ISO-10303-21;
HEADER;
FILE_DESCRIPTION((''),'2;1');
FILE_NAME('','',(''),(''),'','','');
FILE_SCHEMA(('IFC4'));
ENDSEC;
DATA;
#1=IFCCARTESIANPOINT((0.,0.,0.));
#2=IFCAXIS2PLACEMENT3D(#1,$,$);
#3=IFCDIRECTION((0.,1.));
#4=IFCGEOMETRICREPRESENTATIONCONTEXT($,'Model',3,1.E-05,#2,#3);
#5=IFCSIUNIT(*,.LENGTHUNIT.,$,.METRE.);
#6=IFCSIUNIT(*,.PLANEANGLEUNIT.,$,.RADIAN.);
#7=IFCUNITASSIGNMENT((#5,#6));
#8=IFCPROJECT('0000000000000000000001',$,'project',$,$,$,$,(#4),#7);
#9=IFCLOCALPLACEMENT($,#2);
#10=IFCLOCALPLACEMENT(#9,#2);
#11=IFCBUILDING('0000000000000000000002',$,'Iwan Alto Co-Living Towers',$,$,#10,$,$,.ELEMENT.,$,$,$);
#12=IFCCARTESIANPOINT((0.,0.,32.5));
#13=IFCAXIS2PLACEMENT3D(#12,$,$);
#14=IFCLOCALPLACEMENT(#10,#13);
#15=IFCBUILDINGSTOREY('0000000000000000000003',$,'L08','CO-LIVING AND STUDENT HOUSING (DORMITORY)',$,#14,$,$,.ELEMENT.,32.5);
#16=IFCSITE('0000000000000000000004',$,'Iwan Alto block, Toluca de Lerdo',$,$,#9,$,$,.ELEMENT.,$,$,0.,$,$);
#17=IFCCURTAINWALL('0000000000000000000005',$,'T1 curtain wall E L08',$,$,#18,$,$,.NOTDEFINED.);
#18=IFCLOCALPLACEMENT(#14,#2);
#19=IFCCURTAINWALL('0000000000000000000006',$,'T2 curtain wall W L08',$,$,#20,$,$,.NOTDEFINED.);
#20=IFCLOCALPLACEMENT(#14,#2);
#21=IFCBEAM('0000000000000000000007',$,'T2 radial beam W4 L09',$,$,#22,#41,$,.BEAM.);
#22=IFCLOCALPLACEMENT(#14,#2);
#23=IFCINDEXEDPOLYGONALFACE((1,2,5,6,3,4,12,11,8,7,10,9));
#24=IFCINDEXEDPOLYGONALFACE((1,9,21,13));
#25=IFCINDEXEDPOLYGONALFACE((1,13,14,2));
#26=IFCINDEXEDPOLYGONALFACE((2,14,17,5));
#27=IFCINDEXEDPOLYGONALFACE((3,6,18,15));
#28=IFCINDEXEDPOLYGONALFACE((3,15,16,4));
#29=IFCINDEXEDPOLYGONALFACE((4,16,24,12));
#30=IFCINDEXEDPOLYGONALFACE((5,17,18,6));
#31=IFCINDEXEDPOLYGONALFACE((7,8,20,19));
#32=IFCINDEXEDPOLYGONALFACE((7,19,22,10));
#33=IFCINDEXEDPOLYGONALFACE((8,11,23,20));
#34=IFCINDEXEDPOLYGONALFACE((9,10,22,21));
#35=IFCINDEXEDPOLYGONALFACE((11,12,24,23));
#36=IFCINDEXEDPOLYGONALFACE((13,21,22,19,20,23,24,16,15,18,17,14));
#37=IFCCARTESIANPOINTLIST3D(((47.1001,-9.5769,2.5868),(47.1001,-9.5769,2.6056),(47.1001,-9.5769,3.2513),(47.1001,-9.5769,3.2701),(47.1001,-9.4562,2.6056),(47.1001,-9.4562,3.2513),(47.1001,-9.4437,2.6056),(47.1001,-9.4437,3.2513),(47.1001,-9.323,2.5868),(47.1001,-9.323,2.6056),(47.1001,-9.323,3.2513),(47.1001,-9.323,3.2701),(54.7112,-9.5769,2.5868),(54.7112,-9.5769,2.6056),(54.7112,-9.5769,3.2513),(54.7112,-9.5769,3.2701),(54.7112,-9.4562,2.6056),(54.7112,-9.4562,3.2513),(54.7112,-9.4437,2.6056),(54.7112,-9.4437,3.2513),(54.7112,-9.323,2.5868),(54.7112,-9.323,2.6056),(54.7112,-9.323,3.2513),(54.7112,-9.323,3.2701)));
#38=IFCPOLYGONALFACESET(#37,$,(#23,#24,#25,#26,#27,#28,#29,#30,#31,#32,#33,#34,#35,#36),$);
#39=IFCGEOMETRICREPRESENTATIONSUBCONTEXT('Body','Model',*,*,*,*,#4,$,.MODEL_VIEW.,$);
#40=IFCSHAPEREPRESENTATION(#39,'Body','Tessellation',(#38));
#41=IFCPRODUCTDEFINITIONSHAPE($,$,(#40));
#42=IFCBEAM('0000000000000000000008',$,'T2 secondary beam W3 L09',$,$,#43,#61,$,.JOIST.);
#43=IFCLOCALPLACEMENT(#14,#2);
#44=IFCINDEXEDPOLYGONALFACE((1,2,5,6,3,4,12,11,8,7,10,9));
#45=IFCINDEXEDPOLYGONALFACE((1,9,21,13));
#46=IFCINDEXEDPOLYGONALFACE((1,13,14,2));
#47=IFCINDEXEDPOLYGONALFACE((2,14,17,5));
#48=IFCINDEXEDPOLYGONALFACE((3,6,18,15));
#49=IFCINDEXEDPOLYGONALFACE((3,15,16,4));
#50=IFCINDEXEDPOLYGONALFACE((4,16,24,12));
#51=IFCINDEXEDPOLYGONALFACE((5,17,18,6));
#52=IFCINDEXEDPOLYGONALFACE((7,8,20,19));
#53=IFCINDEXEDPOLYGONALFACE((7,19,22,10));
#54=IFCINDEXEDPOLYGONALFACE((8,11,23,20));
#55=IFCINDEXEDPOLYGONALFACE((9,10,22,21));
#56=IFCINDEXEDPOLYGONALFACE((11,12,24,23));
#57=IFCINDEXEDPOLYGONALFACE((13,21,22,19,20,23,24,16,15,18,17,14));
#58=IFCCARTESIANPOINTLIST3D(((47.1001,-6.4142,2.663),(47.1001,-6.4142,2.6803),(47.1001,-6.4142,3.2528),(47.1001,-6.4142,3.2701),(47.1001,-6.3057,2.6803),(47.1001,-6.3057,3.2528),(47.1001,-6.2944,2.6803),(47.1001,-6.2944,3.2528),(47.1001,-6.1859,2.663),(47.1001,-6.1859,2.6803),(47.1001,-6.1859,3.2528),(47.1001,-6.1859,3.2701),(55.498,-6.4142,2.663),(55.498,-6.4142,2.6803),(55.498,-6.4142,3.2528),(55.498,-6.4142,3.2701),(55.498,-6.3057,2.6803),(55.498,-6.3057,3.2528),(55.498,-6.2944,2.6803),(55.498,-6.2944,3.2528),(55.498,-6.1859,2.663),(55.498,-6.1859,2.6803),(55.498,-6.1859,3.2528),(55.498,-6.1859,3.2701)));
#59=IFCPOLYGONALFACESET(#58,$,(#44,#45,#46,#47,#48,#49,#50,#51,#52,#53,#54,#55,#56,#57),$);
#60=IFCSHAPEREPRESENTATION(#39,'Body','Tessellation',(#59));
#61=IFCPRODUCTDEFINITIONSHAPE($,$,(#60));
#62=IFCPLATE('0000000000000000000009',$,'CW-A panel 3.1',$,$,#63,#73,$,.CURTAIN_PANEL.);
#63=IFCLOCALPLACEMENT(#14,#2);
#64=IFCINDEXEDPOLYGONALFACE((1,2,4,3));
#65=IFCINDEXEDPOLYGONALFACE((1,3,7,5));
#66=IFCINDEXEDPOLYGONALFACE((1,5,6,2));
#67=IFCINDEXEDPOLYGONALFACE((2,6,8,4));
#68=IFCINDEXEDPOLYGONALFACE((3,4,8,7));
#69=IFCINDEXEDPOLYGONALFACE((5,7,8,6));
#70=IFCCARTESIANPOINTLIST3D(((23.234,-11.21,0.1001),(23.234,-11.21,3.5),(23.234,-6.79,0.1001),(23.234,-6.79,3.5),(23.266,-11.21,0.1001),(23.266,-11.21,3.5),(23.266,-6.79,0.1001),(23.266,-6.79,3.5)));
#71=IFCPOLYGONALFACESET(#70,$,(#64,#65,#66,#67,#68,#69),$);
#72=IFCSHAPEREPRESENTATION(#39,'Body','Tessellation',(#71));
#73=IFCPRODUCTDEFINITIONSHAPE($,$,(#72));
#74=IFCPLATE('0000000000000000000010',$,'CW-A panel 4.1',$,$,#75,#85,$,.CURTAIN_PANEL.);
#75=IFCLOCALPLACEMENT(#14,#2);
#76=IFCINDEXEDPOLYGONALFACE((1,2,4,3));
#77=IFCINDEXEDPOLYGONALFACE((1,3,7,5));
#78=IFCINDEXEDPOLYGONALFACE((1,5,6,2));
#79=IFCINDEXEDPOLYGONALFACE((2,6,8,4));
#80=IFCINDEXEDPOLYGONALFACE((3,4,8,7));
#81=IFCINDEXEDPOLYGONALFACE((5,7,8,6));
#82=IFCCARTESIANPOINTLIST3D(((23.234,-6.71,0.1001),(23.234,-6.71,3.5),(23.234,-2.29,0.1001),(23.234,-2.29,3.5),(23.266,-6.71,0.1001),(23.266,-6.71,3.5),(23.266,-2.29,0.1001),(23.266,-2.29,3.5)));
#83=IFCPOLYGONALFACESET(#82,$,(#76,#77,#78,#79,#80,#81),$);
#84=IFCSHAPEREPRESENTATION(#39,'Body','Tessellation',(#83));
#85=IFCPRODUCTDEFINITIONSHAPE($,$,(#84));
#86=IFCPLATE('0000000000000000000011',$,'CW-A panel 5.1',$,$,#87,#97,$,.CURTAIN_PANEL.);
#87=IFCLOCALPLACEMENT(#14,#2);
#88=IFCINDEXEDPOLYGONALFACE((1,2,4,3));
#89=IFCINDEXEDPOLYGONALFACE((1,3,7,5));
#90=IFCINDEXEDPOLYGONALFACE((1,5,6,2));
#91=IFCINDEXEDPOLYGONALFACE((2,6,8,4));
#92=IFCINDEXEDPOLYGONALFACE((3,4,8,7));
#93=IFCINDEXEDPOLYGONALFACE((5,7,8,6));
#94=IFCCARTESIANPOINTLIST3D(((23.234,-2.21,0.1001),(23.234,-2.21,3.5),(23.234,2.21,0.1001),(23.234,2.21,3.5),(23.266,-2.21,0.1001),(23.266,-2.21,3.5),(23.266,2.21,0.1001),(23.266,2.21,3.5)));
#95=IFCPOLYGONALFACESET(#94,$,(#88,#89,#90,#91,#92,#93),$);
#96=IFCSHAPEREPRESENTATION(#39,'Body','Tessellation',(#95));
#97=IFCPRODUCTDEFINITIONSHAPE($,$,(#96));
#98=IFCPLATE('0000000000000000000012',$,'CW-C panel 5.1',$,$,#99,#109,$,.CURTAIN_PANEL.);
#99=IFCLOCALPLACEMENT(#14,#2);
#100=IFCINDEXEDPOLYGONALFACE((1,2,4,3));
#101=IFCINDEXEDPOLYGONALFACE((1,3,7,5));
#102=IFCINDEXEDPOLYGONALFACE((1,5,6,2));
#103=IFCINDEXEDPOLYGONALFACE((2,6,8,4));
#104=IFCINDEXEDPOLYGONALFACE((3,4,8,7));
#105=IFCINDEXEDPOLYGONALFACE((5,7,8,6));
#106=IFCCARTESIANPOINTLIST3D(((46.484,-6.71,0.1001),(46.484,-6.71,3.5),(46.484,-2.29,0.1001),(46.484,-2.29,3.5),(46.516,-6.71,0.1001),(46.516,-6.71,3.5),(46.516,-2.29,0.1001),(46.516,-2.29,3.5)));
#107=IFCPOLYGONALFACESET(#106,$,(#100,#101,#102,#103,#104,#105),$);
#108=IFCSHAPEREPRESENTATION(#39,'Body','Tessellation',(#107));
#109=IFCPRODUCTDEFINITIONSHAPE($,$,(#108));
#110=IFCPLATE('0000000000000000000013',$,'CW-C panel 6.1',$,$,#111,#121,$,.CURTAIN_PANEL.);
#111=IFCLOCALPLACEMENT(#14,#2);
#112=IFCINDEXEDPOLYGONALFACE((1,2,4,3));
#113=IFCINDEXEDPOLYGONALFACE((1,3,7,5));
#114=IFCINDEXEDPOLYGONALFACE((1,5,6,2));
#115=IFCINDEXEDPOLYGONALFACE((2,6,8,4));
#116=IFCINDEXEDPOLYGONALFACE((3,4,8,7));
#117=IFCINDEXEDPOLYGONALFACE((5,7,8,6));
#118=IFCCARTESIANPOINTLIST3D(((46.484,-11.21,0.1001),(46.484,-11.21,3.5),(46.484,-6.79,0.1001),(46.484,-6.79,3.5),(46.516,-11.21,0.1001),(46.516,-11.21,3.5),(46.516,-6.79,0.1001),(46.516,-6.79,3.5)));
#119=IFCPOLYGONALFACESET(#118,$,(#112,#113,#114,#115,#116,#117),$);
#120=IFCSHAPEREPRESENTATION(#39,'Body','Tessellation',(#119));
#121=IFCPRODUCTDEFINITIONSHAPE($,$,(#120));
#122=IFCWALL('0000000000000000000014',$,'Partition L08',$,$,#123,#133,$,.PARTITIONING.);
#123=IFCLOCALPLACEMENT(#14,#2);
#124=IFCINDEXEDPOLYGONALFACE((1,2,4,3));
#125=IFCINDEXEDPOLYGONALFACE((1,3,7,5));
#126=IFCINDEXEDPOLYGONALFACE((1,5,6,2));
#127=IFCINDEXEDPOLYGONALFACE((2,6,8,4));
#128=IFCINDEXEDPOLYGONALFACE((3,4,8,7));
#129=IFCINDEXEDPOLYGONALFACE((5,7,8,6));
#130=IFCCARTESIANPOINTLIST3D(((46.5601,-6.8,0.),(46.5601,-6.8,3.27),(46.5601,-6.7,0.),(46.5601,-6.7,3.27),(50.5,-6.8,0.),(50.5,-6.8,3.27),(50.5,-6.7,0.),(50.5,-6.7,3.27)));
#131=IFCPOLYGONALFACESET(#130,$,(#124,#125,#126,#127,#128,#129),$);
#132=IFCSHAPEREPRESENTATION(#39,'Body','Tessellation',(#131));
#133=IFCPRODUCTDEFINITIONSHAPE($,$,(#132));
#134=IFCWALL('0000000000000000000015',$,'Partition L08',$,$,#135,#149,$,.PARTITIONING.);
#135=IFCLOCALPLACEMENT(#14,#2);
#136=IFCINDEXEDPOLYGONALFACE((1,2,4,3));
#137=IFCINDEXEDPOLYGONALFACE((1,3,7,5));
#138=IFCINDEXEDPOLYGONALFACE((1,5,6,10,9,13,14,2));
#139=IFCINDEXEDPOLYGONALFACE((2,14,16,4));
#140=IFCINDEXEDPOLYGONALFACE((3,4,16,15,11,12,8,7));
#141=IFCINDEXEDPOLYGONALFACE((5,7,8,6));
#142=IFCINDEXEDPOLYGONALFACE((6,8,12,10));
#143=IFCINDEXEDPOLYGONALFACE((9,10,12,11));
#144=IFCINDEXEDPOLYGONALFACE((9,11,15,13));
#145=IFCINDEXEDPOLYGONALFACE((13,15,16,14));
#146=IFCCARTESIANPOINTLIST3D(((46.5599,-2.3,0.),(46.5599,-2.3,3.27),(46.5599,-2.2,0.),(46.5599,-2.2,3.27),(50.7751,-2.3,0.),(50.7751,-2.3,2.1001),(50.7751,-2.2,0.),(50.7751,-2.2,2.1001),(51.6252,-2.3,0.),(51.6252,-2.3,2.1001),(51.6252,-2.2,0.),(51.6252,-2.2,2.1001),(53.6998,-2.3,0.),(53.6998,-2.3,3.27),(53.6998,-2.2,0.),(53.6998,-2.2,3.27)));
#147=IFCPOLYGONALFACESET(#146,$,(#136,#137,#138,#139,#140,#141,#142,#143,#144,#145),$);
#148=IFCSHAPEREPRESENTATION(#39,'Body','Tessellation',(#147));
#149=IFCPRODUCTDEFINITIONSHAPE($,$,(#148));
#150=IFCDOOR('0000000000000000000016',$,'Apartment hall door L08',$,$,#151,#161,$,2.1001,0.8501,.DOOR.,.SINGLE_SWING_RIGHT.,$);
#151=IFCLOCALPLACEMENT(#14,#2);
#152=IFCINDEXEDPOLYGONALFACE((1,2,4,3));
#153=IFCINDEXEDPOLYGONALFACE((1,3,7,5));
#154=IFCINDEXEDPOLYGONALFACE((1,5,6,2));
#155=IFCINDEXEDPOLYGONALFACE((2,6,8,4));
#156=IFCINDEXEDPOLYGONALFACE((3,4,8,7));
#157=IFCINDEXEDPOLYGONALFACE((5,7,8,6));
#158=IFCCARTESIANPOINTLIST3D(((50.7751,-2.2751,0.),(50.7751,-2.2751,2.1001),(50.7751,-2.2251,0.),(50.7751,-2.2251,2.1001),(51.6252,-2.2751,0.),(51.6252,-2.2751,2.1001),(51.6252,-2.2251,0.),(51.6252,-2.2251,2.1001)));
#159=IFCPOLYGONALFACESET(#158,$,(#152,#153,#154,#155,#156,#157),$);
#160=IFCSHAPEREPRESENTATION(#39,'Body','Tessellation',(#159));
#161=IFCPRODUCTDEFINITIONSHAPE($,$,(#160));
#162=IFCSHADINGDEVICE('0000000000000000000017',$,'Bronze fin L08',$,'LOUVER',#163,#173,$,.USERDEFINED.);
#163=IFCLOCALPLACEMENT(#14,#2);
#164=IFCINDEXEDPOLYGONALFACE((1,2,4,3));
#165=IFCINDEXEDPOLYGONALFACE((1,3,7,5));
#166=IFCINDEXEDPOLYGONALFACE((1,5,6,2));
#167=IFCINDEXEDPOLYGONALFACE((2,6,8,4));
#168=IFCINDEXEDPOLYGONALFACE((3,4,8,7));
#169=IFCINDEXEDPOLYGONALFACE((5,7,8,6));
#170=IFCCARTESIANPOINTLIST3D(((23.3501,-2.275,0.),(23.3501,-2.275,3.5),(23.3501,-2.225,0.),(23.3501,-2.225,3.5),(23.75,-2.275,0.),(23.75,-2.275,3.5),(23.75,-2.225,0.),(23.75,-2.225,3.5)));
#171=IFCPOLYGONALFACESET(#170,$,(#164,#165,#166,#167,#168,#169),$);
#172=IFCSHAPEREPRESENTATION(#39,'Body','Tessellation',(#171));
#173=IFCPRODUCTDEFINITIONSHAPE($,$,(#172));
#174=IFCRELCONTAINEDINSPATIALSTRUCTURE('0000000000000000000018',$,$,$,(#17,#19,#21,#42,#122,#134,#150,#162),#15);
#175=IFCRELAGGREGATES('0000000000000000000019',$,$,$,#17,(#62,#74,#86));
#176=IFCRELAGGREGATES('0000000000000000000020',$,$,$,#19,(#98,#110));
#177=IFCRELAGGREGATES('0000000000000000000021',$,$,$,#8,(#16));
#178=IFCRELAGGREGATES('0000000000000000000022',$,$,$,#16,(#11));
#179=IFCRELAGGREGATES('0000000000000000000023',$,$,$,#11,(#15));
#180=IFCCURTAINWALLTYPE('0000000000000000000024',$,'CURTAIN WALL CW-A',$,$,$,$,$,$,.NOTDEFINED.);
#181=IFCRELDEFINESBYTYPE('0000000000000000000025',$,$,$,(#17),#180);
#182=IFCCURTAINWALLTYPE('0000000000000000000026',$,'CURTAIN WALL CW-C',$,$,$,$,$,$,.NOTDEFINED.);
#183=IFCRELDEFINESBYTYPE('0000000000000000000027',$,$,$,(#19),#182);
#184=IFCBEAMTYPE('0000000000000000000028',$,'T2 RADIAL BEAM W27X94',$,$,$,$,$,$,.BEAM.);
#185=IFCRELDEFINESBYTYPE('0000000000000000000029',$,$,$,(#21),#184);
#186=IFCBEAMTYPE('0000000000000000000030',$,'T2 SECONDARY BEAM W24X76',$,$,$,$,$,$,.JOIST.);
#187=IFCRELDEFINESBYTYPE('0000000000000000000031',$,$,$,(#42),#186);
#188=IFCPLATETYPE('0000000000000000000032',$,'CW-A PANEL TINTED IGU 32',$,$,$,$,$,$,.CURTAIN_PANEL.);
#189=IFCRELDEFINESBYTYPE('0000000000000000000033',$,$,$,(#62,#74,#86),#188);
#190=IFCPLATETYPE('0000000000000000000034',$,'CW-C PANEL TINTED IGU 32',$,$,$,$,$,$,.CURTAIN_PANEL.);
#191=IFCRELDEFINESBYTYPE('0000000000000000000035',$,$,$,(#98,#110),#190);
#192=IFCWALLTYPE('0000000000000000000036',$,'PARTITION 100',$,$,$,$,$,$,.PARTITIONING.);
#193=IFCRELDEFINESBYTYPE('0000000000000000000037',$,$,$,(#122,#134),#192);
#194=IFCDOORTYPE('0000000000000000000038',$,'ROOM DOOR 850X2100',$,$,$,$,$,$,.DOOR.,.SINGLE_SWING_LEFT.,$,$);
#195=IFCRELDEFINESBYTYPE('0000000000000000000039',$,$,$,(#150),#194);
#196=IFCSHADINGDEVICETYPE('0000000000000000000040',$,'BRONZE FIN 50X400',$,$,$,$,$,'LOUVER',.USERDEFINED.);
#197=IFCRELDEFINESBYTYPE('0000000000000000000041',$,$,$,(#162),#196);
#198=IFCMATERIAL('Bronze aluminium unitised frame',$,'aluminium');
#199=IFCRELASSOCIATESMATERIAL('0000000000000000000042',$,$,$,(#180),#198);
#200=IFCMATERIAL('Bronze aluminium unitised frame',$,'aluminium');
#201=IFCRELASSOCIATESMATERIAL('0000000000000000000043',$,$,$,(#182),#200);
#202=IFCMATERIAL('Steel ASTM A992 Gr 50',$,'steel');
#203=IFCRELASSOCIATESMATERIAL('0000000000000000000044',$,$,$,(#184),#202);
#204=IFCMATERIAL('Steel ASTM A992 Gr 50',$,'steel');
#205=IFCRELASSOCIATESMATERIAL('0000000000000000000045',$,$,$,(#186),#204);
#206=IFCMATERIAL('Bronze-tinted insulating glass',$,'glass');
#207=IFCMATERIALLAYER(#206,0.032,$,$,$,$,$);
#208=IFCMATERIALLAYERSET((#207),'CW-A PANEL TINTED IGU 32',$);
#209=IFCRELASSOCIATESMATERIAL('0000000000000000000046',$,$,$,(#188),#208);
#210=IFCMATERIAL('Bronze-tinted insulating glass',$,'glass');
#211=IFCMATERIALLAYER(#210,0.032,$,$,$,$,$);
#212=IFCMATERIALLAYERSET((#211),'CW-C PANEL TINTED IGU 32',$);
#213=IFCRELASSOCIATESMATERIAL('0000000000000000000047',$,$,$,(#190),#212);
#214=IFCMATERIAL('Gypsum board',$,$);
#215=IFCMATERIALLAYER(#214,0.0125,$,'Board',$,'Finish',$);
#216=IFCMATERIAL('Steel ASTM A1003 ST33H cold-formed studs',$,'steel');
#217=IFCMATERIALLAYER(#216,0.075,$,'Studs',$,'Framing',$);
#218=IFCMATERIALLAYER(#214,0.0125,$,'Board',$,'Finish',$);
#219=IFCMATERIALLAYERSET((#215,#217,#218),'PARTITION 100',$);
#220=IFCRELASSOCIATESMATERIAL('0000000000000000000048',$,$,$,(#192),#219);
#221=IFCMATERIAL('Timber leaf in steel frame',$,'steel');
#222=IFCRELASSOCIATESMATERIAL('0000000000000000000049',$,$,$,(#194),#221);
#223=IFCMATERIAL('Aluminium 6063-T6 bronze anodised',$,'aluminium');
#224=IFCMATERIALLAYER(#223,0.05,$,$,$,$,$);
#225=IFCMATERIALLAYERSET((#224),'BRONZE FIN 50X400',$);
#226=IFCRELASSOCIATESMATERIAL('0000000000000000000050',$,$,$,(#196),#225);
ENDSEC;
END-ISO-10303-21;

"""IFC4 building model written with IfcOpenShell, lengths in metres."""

from ifc_helpers import new_model, si_unit, direction, frame, frame_2d, origin, origin_2d, place, context, subcontext, project, spatial, rectangle, i_section, extrude, material, layer, layer_set, material_profile, profile_set, type_object, element, fill, aggregate, save


model = new_model("IFC4")

# Units and contexts
model_context = context("Model", 3, precision=1e-05, world=origin(), true_north=direction((0.0, 1.0)))
body_context = subcontext(model_context, "Body", "Model", "MODEL_VIEW")
ifc_project = project(units=[si_unit("LENGTHUNIT", "METRE"), si_unit("PLANEANGLEUNIT", "RADIAN")], contexts=[model_context])

# Site, building, storey
site_placement = place(None, origin())
site = spatial("IfcSite", under=ifc_project, at=site_placement, Name="Iwan Alto block, Toluca de Lerdo", CompositionType="ELEMENT", RefElevation=0.0)
building_placement = place(site_placement, origin())
building = spatial("IfcBuilding", under=site, at=building_placement, Name="Iwan Alto Co-Living Towers", CompositionType="ELEMENT")
storey_placement = place(building_placement, frame((0.0, 0.0, 32.5)))
storey = spatial("IfcBuildingStorey", under=building, at=storey_placement, Name="L08", Description="CO-LIVING AND STUDENT HOUSING (DORMITORY)", CompositionType="ELEMENT", Elevation=32.5)

# Curtain walls
ifc_material_1 = material(Name="Bronze aluminium unitised frame", Category="aluminium")
curtain_wall_type_1 = type_object("IfcCurtainWallType", Name="CURTAIN WALL CW-A", PredefinedType="NOTDEFINED", material=ifc_material_1)
curtain_wall_1_placement = place(storey_placement, origin())
curtain_wall_1 = element("IfcCurtainWall", 1, at=curtain_wall_1_placement, inside=storey, type_object=curtain_wall_type_1, Name="T1 curtain wall E L08", PredefinedType="NOTDEFINED")
ifc_material_2 = material(Name="Bronze aluminium unitised frame", Category="aluminium")
curtain_wall_type_2 = type_object("IfcCurtainWallType", Name="CURTAIN WALL CW-C", PredefinedType="NOTDEFINED", material=ifc_material_2)
curtain_wall_2_placement = place(storey_placement, origin())
curtain_wall_2 = element("IfcCurtainWall", 2, at=curtain_wall_2_placement, inside=storey, type_object=curtain_wall_type_2, Name="T2 curtain wall W L08", PredefinedType="NOTDEFINED")

# Beams
ifc_material_3 = material(Name="Steel ASTM A992 Gr 50", Category="steel")
ifc_material_profile_1 = material_profile(ifc_material_3, i_section(OverallWidth=0.2539, OverallDepth=0.6833, WebThickness=0.0125, FlangeThickness=0.0188, at=origin_2d()), Name="W27X94")
ifc_profile_set_1 = profile_set([ifc_material_profile_1], Name="Steel ASTM A992 Gr 50")
beam_type_1 = type_object("IfcBeamType", Name="T2 RADIAL BEAM W27X94", PredefinedType="BEAM", material=ifc_profile_set_1)
beam_1_placement = place(storey_placement, frame((47.1001, -9.45, 2.9285), z_axis=(1.0, 0.0, 0.0), x_axis=(0.0, 1.0, 0.0)))
element("IfcBeam", 3, at=beam_1_placement, inside=storey, type_object=beam_type_1, Name="T2 radial beam W4 L09", PredefinedType="BEAM", context=body_context, shape_type="SweptSolid", body=[
    extrude(i_section(OverallWidth=0.2539, OverallDepth=0.6833, WebThickness=0.0125, FlangeThickness=0.0188, at=origin_2d()), origin(), (0.0, 0.0, 1.0), 7.6111),
])
ifc_material_4 = material(Name="Steel ASTM A992 Gr 50", Category="steel")
ifc_material_profile_2 = material_profile(ifc_material_4, i_section(OverallWidth=0.2283, OverallDepth=0.6072, WebThickness=0.0112, FlangeThickness=0.0173, at=origin_2d()), Name="W24X76")
ifc_profile_set_2 = profile_set([ifc_material_profile_2], Name="Steel ASTM A992 Gr 50")
beam_type_2 = type_object("IfcBeamType", Name="T2 SECONDARY BEAM W24X76", PredefinedType="JOIST", material=ifc_profile_set_2)
beam_2_placement = place(storey_placement, frame((47.1001, -6.3, 2.9666), z_axis=(1.0, 0.0, 0.0), x_axis=(0.0, 1.0, 0.0)))
element("IfcBeam", 4, at=beam_2_placement, inside=storey, type_object=beam_type_2, Name="T2 secondary beam W3 L09", PredefinedType="JOIST", context=body_context, shape_type="SweptSolid", body=[
    extrude(i_section(OverallWidth=0.2283, OverallDepth=0.6072, WebThickness=0.0112, FlangeThickness=0.0173, at=origin_2d()), origin(), (0.0, 0.0, 1.0), 8.3979),
])

# Plates
ifc_material_5 = material(Name="Bronze-tinted insulating glass", Category="glass")
ifc_layer_1 = layer(ifc_material_5, 0.032)
ifc_layer_set_1 = layer_set([ifc_layer_1], Name="CW-A PANEL TINTED IGU 32")
plate_type_1 = type_object("IfcPlateType", Name="CW-A PANEL TINTED IGU 32", PredefinedType="CURTAIN_PANEL", material=ifc_layer_set_1)
plate_1_placement = place(storey_placement, frame((23.25, -9.0, 0.1001), z_axis=(0.0, 0.0, 1.0), x_axis=(0.0, 1.0, 0.0)))
plate_1 = element("IfcPlate", 5, at=plate_1_placement, type_object=plate_type_1, Name="CW-A panel 3.1", PredefinedType="CURTAIN_PANEL", context=body_context, shape_type="SweptSolid", body=[
    extrude(rectangle(XDim=4.4199, YDim=0.032, at=origin_2d()), origin(), (0.0, 0.0, 1.0), 3.3999),
])
plate_2_placement = place(storey_placement, frame((23.25, -4.5, 0.1001), z_axis=(0.0, 0.0, 1.0), x_axis=(0.0, 1.0, 0.0)))
plate_2 = element("IfcPlate", 6, at=plate_2_placement, type_object=plate_type_1, Name="CW-A panel 4.1", PredefinedType="CURTAIN_PANEL", context=body_context, shape_type="SweptSolid", body=[
    extrude(rectangle(XDim=4.4199, YDim=0.032, at=origin_2d()), origin(), (0.0, 0.0, 1.0), 3.3999),
])
plate_3_placement = place(storey_placement, frame((23.25, 0.0, 0.1001), z_axis=(0.0, 0.0, 1.0), x_axis=(0.0, 1.0, 0.0)))
plate_3 = element("IfcPlate", 7, at=plate_3_placement, type_object=plate_type_1, Name="CW-A panel 5.1", PredefinedType="CURTAIN_PANEL", context=body_context, shape_type="SweptSolid", body=[
    extrude(rectangle(XDim=4.4199, YDim=0.032, at=origin_2d()), origin(), (0.0, 0.0, 1.0), 3.3999),
])
aggregate(curtain_wall_1, [plate_1, plate_2, plate_3])
ifc_material_6 = material(Name="Bronze-tinted insulating glass", Category="glass")
ifc_layer_2 = layer(ifc_material_6, 0.032)
ifc_layer_set_2 = layer_set([ifc_layer_2], Name="CW-C PANEL TINTED IGU 32")
plate_type_2 = type_object("IfcPlateType", Name="CW-C PANEL TINTED IGU 32", PredefinedType="CURTAIN_PANEL", material=ifc_layer_set_2)
plate_4_placement = place(storey_placement, frame((46.5, -4.5, 0.1001), z_axis=(0.0, 0.0, 1.0), x_axis=(0.0, -1.0, 0.0)))
plate_4 = element("IfcPlate", 8, at=plate_4_placement, type_object=plate_type_2, Name="CW-C panel 5.1", PredefinedType="CURTAIN_PANEL", context=body_context, shape_type="SweptSolid", body=[
    extrude(rectangle(XDim=4.4199, YDim=0.032, at=origin_2d()), origin(), (0.0, 0.0, 1.0), 3.3999),
])
plate_5_placement = place(storey_placement, frame((46.5, -9.0, 0.1001), z_axis=(0.0, 0.0, 1.0), x_axis=(0.0, -1.0, 0.0)))
plate_5 = element("IfcPlate", 9, at=plate_5_placement, type_object=plate_type_2, Name="CW-C panel 6.1", PredefinedType="CURTAIN_PANEL", context=body_context, shape_type="SweptSolid", body=[
    extrude(rectangle(XDim=4.4199, YDim=0.032, at=origin_2d()), origin(), (0.0, 0.0, 1.0), 3.3999),
])
aggregate(curtain_wall_2, [plate_4, plate_5])

# Wall
ifc_material_7 = material(Name="Gypsum board")
ifc_layer_3 = layer(ifc_material_7, 0.0125, Name="Board", Category="Finish")
ifc_material_8 = material(Name="Steel ASTM A1003 ST33H cold-formed studs", Category="steel")
ifc_layer_4 = layer(ifc_material_8, 0.075, Name="Studs", Category="Framing")
ifc_layer_5 = layer(ifc_material_7, 0.0125, Name="Board", Category="Finish")
ifc_layer_set_3 = layer_set([ifc_layer_3, ifc_layer_4, ifc_layer_5], Name="PARTITION 100")
wall_type = type_object("IfcWallType", Name="PARTITION 100", PredefinedType="PARTITIONING", material=ifc_layer_set_3)
wall_1_placement = place(storey_placement, frame((46.5601, -6.75, 0.0), z_axis=(0.0, 0.0, 1.0), x_axis=(1.0, 0.0, 0.0)))
element("IfcWall", 10, at=wall_1_placement, inside=storey, type_object=wall_type, Name="Partition L08", PredefinedType="PARTITIONING", context=body_context, shape_type="SweptSolid", body=[
    extrude(rectangle(XDim=3.9399, YDim=0.1001, at=frame_2d((1.97, 0.0))), origin(), (0.0, 0.0, 1.0), 3.27),
])

# Wall, opening, door
wall_2_placement = place(storey_placement, frame((46.5601, -2.25, 0.0), z_axis=(0.0, 0.0, 1.0), x_axis=(1.0, 0.0, 0.0)))
wall_2 = element("IfcWall", 11, at=wall_2_placement, inside=storey, type_object=wall_type, Name="Partition L08", PredefinedType="PARTITIONING", context=body_context, shape_type="SweptSolid", body=[
    extrude(rectangle(XDim=7.1399, YDim=0.1001, at=frame_2d((3.5698, 0.0))), origin(), (0.0, 0.0, 1.0), 3.27),
])
opening_placement = place(wall_2_placement, frame((4.2151, 0.0, 0.0)))
opening = element("IfcOpeningElement", 12, at=opening_placement, cuts=wall_2, PredefinedType="OPENING", context=body_context, shape_type="SweptSolid", body=[
    extrude(rectangle(XDim=0.8501, YDim=2.1001, at=frame_2d((0.425, 1.05))), frame((0.0, 0.0601, 0.0), z_axis=(0.0, -1.0, 0.0), x_axis=(1.0, 0.0, 0.0)), (0.0, 0.0, 1.0), 0.1201),
])
ifc_material_9 = material(Name="Timber leaf in steel frame", Category="steel")
door_type = type_object("IfcDoorType", Name="ROOM DOOR 850X2100", OperationType="SINGLE_SWING_LEFT", PredefinedType="DOOR", material=ifc_material_9)
door_placement = place(opening_placement, origin())
door = element("IfcDoor", 13, at=door_placement, inside=storey, type_object=door_type, Name="Apartment hall door L08", OperationType="SINGLE_SWING_RIGHT", OverallHeight=2.1001, OverallWidth=0.8501, PredefinedType="DOOR", context=body_context, shape_type="SweptSolid", body=[
    extrude(rectangle(XDim=0.8501, YDim=2.1001, at=frame_2d((0.425, 1.05))), frame((0.0, 0.0249, 0.0), z_axis=(0.0, -1.0, 0.0), x_axis=(1.0, 0.0, 0.0)), (0.0, 0.0, 1.0), 0.05),
])
fill(opening, door)

# Shading device
ifc_material_10 = material(Name="Aluminium 6063-T6 bronze anodised", Category="aluminium")
ifc_layer_6 = layer(ifc_material_10, 0.05)
ifc_layer_set_4 = layer_set([ifc_layer_6], Name="BRONZE FIN 50X400")
shading_device_type = type_object("IfcShadingDeviceType", Name="BRONZE FIN 50X400", ElementType="LOUVER", PredefinedType="USERDEFINED", material=ifc_layer_set_4)
for number, where, z_axis, x_axis, name in (
    (14, (23.55, -2.25, 0.0), (0.0, 0.0, 1.0), (0.0, 1.0, 0.0), "Bronze fin L08"),
):
    element("IfcShadingDevice", number, at=place(storey_placement, frame(where, z_axis=z_axis, x_axis=x_axis)), inside=storey, type_object=shading_device_type, Name=name, ObjectType="LOUVER", PredefinedType="USERDEFINED", context=body_context, shape_type="SweptSolid", body=[
        extrude(rectangle(XDim=0.05, YDim=0.3999, at=origin_2d()), origin(), (0.0, 0.0, 1.0), 3.5),
    ])

save(model, "model.ifc")
